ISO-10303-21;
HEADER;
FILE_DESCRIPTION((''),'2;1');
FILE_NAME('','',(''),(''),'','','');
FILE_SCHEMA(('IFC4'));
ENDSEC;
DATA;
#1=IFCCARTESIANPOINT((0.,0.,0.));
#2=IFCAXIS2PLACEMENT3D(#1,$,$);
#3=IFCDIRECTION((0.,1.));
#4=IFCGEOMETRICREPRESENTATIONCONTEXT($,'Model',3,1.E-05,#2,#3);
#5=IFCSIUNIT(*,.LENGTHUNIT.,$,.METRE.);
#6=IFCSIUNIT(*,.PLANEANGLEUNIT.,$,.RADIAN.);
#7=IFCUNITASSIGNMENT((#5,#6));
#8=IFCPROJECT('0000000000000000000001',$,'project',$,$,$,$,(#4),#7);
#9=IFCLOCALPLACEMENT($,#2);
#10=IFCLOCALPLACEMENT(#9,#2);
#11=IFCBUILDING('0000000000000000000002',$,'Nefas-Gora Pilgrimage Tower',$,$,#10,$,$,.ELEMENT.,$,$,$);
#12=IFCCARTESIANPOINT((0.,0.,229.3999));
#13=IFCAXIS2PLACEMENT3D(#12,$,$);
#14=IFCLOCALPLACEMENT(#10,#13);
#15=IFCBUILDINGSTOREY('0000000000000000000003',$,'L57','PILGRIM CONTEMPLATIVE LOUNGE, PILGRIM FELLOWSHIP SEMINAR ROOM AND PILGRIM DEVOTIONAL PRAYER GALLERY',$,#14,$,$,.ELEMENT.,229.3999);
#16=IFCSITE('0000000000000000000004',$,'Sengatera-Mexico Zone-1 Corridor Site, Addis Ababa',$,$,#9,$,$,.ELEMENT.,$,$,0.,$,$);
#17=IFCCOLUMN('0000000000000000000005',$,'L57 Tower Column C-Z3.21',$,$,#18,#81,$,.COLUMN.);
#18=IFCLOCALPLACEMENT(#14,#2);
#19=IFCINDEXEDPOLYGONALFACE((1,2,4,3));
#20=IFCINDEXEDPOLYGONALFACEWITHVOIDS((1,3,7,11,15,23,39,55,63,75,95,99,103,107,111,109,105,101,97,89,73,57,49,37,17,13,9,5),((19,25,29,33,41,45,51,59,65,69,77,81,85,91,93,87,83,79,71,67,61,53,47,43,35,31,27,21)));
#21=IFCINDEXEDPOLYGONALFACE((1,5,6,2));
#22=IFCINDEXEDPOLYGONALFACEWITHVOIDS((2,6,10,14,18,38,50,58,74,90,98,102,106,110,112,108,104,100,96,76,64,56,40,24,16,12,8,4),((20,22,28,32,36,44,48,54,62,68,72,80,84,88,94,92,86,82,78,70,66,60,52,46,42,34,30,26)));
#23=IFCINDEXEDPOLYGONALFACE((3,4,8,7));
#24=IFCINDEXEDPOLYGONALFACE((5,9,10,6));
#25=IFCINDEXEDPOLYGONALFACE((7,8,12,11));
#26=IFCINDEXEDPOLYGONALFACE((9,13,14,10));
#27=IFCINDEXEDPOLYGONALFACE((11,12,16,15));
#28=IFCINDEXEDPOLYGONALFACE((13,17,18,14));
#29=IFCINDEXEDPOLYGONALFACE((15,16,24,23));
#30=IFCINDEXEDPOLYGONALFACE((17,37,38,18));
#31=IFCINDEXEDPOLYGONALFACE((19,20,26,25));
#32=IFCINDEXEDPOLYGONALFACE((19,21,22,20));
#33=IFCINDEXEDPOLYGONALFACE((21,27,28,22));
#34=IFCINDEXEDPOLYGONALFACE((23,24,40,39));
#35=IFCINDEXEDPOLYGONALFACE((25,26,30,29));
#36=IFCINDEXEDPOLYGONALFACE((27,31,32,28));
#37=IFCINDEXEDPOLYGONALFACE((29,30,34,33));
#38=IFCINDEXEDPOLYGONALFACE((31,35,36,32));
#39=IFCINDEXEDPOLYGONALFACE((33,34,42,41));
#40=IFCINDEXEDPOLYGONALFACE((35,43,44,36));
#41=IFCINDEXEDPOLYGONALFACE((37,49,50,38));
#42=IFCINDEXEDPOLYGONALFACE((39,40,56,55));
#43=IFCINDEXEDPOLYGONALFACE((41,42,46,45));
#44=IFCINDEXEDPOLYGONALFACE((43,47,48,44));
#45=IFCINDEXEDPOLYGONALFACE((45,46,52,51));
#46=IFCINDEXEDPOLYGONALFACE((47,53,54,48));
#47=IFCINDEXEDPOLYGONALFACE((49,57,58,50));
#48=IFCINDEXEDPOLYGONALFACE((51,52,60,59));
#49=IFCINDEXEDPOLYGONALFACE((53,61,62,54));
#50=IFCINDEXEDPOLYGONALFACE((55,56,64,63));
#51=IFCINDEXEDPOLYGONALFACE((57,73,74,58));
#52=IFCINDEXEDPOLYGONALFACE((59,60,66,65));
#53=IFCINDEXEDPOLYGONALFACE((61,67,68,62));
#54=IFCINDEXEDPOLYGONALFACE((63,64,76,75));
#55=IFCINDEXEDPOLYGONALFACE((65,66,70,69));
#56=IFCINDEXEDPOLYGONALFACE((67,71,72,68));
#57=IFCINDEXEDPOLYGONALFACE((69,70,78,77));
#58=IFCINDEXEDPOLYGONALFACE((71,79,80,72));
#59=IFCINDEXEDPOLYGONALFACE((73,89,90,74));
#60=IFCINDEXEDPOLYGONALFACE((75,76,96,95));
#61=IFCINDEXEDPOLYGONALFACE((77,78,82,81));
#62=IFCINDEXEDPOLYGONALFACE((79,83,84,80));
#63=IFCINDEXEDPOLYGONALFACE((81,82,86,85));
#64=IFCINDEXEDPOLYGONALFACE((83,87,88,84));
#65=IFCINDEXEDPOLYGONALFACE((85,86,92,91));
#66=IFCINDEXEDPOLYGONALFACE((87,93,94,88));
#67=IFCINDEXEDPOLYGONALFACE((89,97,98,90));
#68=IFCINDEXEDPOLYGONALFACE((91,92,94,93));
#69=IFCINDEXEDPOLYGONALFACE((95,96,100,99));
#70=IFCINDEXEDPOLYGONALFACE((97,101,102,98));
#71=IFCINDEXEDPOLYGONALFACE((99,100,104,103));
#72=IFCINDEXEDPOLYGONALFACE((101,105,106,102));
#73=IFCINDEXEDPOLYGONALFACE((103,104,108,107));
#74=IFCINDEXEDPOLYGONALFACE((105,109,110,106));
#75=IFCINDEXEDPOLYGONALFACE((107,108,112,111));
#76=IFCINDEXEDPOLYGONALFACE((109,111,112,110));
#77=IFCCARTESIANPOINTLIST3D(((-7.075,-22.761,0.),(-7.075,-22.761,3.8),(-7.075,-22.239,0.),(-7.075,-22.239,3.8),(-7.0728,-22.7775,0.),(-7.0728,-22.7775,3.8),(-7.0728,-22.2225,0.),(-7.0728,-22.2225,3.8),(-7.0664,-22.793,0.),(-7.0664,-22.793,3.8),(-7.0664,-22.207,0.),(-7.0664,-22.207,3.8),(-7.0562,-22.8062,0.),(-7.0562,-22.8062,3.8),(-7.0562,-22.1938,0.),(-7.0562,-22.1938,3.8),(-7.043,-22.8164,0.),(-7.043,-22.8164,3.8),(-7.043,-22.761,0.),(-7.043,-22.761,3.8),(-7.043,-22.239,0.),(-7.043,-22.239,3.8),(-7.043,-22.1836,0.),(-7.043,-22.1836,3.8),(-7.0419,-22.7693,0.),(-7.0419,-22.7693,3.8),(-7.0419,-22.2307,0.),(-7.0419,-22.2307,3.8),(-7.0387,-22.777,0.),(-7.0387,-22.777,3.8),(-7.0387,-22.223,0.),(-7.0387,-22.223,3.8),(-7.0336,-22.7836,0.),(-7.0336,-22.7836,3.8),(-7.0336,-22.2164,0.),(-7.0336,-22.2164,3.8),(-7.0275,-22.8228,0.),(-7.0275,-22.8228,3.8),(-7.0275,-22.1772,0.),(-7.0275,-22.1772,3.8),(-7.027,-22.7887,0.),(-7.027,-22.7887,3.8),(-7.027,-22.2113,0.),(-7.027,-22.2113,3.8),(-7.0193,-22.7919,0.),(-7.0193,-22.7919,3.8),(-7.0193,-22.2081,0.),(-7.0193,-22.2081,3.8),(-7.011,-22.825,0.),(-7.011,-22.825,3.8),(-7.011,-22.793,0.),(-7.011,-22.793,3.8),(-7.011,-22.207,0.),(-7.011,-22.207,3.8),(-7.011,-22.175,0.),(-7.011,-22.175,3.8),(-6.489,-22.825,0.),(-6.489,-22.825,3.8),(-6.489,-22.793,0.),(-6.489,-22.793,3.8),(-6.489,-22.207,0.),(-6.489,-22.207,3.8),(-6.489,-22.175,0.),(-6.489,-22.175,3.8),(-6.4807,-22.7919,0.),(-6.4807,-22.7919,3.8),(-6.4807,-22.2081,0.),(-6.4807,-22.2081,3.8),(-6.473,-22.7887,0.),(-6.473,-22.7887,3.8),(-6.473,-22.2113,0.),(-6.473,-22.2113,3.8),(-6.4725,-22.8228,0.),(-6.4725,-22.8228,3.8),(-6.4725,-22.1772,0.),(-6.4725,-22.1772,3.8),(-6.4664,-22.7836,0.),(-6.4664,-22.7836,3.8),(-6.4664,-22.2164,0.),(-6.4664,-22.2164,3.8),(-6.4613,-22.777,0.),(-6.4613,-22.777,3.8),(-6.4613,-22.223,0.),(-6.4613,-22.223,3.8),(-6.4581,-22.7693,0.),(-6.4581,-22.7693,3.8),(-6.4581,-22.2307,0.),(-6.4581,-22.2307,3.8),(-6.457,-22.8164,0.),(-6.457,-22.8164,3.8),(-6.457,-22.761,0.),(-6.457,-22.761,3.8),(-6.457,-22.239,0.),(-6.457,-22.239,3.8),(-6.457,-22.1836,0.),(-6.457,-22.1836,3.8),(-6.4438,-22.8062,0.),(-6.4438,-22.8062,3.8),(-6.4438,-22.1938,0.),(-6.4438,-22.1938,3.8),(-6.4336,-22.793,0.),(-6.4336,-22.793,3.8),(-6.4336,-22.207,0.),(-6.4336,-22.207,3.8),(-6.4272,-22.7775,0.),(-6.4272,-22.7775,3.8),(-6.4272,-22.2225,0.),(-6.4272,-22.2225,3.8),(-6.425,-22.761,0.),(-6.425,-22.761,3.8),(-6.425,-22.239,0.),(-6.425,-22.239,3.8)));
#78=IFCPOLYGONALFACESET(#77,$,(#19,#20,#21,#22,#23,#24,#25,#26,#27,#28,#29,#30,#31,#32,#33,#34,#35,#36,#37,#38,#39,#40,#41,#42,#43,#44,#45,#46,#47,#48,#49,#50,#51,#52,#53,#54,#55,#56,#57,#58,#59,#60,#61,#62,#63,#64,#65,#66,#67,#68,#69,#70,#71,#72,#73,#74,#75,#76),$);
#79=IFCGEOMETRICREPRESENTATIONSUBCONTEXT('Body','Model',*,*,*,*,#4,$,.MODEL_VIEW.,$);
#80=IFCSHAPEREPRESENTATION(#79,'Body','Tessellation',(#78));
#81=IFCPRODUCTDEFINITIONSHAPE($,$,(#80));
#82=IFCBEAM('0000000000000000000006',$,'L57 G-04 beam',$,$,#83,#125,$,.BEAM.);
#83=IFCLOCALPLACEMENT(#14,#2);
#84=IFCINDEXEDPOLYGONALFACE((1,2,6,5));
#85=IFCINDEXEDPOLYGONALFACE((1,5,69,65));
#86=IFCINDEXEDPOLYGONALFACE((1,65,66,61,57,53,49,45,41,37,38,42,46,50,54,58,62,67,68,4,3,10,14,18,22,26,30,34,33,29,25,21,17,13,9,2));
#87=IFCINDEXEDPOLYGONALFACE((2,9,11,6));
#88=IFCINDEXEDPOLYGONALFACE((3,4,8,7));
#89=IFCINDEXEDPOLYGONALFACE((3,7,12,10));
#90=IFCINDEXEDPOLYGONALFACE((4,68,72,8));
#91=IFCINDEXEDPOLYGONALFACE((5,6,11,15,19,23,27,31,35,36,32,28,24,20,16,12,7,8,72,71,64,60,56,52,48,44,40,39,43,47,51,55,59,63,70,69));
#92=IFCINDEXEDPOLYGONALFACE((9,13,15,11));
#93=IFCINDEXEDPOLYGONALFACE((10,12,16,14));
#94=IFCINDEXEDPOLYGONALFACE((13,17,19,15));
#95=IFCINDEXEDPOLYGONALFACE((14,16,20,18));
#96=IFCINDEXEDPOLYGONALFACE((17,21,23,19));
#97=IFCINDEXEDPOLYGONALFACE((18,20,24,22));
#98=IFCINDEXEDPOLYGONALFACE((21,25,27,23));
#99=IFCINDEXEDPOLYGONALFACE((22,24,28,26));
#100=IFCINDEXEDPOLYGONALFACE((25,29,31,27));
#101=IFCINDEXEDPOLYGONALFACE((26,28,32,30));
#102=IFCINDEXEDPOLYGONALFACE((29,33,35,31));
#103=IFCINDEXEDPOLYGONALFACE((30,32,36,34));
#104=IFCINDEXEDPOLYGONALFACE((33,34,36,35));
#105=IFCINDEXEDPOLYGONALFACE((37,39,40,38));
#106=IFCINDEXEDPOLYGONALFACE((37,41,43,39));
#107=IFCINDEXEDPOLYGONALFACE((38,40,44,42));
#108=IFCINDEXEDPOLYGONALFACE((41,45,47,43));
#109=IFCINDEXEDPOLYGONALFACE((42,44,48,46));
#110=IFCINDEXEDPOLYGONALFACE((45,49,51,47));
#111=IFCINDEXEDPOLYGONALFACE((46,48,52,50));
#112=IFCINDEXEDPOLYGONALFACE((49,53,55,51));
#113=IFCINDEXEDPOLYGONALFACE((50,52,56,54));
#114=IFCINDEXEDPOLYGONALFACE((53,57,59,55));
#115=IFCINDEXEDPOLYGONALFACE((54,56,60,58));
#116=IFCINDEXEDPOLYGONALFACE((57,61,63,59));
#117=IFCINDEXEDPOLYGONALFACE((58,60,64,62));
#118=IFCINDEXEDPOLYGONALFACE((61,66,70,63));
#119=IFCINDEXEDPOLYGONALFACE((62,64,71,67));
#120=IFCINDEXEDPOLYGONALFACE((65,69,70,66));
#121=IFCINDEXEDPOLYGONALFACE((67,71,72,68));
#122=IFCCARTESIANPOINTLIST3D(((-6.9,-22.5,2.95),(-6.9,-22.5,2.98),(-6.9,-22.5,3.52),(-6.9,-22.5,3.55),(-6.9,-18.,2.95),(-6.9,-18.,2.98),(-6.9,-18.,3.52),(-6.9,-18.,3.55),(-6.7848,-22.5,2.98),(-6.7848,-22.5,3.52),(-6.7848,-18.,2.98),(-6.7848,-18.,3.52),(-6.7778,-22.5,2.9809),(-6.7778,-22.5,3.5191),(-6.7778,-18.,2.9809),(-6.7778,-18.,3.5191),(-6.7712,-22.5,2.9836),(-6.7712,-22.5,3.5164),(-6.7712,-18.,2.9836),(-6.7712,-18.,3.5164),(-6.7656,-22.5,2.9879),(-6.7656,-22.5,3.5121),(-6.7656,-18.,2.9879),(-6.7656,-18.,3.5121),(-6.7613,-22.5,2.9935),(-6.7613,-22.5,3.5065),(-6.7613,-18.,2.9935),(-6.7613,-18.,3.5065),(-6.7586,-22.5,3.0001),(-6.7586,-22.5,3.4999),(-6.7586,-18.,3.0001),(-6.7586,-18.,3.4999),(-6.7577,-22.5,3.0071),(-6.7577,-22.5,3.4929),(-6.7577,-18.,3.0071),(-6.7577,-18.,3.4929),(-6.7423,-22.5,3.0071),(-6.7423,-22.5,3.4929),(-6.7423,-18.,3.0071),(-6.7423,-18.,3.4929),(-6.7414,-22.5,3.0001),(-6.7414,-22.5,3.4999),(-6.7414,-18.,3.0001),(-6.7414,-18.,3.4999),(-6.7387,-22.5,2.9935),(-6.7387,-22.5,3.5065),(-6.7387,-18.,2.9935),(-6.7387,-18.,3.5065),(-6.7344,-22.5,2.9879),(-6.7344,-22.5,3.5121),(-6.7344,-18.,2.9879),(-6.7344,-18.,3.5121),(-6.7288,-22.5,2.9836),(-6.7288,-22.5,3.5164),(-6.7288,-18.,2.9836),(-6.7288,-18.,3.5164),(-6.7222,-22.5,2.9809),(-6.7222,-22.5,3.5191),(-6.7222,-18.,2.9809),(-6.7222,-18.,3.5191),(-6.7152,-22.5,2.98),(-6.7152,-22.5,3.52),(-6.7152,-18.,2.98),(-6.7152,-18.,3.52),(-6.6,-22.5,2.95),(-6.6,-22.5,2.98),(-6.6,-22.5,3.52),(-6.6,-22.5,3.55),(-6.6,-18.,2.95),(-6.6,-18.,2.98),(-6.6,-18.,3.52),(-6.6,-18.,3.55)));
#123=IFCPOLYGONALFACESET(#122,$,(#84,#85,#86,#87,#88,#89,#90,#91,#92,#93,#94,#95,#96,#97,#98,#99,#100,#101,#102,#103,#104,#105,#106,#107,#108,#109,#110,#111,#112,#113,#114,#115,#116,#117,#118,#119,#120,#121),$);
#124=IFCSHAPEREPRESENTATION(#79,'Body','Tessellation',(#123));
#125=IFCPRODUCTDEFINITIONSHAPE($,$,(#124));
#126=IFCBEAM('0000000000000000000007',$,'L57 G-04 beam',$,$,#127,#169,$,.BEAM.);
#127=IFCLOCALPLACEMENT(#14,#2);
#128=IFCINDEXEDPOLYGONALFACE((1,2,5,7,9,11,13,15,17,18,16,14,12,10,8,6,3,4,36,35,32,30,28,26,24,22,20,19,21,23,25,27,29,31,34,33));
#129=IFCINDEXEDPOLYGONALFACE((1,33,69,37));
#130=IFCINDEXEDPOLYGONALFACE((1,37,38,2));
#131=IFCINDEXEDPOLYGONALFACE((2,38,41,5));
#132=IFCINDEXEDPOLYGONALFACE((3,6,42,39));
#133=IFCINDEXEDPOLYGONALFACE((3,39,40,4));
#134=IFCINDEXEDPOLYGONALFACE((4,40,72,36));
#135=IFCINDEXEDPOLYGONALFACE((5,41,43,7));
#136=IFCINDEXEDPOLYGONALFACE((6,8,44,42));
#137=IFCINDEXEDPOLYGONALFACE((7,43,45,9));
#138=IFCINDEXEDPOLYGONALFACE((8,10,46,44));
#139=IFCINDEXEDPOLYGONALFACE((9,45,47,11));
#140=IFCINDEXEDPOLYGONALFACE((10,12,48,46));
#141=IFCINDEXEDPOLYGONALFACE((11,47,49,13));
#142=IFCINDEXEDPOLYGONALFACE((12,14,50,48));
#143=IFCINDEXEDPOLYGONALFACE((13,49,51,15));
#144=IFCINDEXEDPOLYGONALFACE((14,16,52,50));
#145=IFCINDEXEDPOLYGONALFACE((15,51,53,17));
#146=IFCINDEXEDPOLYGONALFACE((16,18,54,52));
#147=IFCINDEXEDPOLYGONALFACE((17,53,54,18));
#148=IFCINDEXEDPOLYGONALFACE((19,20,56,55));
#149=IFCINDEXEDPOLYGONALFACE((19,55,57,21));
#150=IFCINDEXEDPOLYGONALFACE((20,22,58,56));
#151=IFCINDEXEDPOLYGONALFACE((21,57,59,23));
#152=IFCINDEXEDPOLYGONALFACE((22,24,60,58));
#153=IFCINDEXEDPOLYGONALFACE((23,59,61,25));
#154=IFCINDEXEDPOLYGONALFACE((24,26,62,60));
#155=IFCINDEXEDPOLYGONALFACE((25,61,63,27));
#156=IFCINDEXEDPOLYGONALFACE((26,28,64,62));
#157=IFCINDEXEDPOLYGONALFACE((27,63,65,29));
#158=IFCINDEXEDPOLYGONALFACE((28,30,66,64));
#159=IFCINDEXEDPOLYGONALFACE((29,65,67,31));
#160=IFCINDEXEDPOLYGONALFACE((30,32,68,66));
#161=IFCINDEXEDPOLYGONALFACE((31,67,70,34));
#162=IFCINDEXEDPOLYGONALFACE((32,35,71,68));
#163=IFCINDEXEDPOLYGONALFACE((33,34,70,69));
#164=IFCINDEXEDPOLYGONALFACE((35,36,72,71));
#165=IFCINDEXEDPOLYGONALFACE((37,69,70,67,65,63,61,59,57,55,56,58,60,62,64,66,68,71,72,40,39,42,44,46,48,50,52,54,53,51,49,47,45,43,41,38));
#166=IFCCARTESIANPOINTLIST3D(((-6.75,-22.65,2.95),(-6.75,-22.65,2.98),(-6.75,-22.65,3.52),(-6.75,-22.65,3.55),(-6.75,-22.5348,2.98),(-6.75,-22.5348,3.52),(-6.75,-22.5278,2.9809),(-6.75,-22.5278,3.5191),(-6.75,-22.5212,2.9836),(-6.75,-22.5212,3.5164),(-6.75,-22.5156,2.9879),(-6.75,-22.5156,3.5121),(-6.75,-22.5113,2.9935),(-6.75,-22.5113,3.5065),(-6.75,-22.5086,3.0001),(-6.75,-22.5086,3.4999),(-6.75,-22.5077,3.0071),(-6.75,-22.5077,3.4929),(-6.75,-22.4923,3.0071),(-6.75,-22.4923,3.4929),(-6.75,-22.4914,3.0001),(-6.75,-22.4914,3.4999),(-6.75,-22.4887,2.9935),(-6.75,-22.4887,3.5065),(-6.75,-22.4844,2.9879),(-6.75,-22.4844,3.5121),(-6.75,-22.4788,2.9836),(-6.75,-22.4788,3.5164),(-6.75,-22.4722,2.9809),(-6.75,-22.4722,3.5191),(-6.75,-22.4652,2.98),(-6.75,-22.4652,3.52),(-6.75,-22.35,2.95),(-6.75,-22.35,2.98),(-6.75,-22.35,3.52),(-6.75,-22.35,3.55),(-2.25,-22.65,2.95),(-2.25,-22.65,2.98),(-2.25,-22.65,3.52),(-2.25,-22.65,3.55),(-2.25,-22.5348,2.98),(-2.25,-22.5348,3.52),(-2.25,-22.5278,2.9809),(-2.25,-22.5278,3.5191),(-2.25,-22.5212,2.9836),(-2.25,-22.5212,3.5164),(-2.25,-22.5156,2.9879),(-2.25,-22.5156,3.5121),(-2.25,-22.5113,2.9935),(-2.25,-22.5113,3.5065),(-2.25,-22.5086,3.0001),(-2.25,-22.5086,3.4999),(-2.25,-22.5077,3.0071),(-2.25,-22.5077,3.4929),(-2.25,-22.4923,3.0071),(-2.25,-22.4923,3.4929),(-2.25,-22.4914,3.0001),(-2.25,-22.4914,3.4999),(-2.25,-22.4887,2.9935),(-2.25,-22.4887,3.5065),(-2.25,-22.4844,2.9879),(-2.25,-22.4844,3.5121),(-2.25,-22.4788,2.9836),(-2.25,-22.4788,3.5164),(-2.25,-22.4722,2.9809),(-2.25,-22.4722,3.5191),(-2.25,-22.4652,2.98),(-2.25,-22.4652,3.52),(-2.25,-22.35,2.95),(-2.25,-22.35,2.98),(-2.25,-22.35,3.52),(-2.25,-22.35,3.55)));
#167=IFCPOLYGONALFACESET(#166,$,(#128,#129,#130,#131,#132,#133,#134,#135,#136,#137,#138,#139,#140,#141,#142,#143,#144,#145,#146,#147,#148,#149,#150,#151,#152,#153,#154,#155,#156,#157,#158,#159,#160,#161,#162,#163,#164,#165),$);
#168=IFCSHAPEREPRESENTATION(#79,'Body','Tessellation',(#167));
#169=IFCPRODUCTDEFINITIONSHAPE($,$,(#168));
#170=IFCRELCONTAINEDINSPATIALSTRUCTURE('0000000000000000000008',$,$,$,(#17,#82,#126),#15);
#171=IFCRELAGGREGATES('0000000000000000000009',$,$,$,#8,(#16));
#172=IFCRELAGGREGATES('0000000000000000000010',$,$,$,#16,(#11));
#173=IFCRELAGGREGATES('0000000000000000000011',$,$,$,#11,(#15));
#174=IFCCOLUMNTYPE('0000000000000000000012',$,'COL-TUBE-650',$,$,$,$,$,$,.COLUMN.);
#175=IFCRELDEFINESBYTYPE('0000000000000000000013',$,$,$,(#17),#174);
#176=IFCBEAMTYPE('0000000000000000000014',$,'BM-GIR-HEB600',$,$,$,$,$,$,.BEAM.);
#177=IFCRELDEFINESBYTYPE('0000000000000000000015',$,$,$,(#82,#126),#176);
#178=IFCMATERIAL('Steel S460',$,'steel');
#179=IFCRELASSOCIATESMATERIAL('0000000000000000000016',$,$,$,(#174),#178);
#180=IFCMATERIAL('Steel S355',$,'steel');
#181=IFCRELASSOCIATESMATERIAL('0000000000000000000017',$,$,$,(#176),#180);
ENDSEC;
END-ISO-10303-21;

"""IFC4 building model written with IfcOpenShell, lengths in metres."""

from ifc_helpers import new_model, si_unit, direction, frame, origin, origin_2d, place, context, subcontext, project, spatial, hollow_rectangle, i_section, extrude, source, transform, mapped, material, material_profile, profile_set, type_object, element, save


model = new_model("IFC4")

# Units and contexts
model_context = context("Model", 3, precision=1e-05, world=origin(), true_north=direction((0.0, 1.0)))
body_context = subcontext(model_context, "Body", "Model", "MODEL_VIEW")
ifc_project = project(units=[si_unit("LENGTHUNIT", "METRE"), si_unit("PLANEANGLEUNIT", "RADIAN")], contexts=[model_context])

# Site, building, storey
site_placement = place(None, origin())
site = spatial("IfcSite", under=ifc_project, at=site_placement, Name="Sengatera-Mexico Zone-1 Corridor Site, Addis Ababa", CompositionType="ELEMENT", RefElevation=0.0)
building_placement = place(site_placement, origin())
building = spatial("IfcBuilding", under=site, at=building_placement, Name="Nefas-Gora Pilgrimage Tower", CompositionType="ELEMENT")
storey_placement = place(building_placement, frame((0.0, 0.0, 229.3999)))
storey = spatial("IfcBuildingStorey", under=building, at=storey_placement, Name="L57", Description="PILGRIM CONTEMPLATIVE LOUNGE, PILGRIM FELLOWSHIP SEMINAR ROOM AND PILGRIM DEVOTIONAL PRAYER GALLERY", CompositionType="ELEMENT", Elevation=229.3999)

# Column
ifc_material_1 = material(Name="Steel S460", Category="steel")
ifc_material_profile_1 = material_profile(ifc_material_1, hollow_rectangle(XDim=0.6499, YDim=0.6499, WallThickness=0.032, InnerFilletRadius=0.032, OuterFilletRadius=0.064, at=origin_2d()), Name="BOX 650x650x32")
ifc_profile_set_1 = profile_set([ifc_material_profile_1], Name="Steel S460")
column_type_1 = type_object("IfcColumnType", Name="COL-TUBE-650", PredefinedType="COLUMN", material=ifc_profile_set_1)
shared_shape_1 = source(origin(), body_context, "Body", "SweptSolid", [
    extrude(hollow_rectangle(XDim=0.6499, YDim=0.6499, WallThickness=0.032, InnerFilletRadius=0.032, OuterFilletRadius=0.064, at=origin_2d()), origin(), (0.0, 0.0, 1.0), 3.8),
])
column_placement = place(storey_placement, frame((-6.75, -22.5, 0.0), z_axis=(0.0, 0.0, 1.0), x_axis=(1.0, 0.0, 0.0)))
element("IfcColumn", 1, at=column_placement, inside=storey, type_object=column_type_1, Name="L57 Tower Column C-Z3.21", PredefinedType="COLUMN", context=body_context, shape_type="MappedRepresentation", body=[
    mapped(shared_shape_1, transform((0.0, 0.0, 0.0), x_axis=(1.0, 0.0, 0.0), y_axis=(0.0, 1.0, 0.0), z_axis=(0.0, 0.0, 1.0), scale=1.0)),
])

# Beams
ifc_material_2 = material(Name="Steel S355", Category="steel")
ifc_material_profile_2 = material_profile(ifc_material_2, i_section(OverallWidth=0.3, OverallDepth=0.6001, WebThickness=0.0154, FlangeThickness=0.03, FilletRadius=0.0271, at=origin_2d()), Name="HEB 600")
ifc_profile_set_2 = profile_set([ifc_material_profile_2], Name="Steel S355")
beam_type = type_object("IfcBeamType", Name="BM-GIR-HEB600", PredefinedType="BEAM", material=ifc_profile_set_2)
shared_shape_2 = source(origin(), body_context, "Body", "SweptSolid", [
    extrude(i_section(OverallWidth=0.3, OverallDepth=0.6001, WebThickness=0.0154, FlangeThickness=0.03, FilletRadius=0.0271, at=origin_2d()), origin(), (0.0, 0.0, 1.0), 4.5),
])
for number, where, z_axis, x_axis, name in (
    (2, (-6.75, -22.5, 3.25), (0.0, 1.0, 0.0), (-1.0, 0.0, 0.0), "L57 G-04 beam"),
    (3, (-6.75, -22.5, 3.25), (1.0, 0.0, 0.0), (0.0, 1.0, 0.0), "L57 G-04 beam"),
):
    element("IfcBeam", number, at=place(storey_placement, frame(where, z_axis=z_axis, x_axis=x_axis)), inside=storey, type_object=beam_type, Name=name, PredefinedType="BEAM", context=body_context, shape_type="MappedRepresentation", body=[
        mapped(shared_shape_2, transform((0.0, 0.0, 0.0), x_axis=(1.0, 0.0, 0.0), y_axis=(0.0, 1.0, 0.0), z_axis=(0.0, 0.0, 1.0), scale=1.0)),
    ])

save(model, "model.ifc")
